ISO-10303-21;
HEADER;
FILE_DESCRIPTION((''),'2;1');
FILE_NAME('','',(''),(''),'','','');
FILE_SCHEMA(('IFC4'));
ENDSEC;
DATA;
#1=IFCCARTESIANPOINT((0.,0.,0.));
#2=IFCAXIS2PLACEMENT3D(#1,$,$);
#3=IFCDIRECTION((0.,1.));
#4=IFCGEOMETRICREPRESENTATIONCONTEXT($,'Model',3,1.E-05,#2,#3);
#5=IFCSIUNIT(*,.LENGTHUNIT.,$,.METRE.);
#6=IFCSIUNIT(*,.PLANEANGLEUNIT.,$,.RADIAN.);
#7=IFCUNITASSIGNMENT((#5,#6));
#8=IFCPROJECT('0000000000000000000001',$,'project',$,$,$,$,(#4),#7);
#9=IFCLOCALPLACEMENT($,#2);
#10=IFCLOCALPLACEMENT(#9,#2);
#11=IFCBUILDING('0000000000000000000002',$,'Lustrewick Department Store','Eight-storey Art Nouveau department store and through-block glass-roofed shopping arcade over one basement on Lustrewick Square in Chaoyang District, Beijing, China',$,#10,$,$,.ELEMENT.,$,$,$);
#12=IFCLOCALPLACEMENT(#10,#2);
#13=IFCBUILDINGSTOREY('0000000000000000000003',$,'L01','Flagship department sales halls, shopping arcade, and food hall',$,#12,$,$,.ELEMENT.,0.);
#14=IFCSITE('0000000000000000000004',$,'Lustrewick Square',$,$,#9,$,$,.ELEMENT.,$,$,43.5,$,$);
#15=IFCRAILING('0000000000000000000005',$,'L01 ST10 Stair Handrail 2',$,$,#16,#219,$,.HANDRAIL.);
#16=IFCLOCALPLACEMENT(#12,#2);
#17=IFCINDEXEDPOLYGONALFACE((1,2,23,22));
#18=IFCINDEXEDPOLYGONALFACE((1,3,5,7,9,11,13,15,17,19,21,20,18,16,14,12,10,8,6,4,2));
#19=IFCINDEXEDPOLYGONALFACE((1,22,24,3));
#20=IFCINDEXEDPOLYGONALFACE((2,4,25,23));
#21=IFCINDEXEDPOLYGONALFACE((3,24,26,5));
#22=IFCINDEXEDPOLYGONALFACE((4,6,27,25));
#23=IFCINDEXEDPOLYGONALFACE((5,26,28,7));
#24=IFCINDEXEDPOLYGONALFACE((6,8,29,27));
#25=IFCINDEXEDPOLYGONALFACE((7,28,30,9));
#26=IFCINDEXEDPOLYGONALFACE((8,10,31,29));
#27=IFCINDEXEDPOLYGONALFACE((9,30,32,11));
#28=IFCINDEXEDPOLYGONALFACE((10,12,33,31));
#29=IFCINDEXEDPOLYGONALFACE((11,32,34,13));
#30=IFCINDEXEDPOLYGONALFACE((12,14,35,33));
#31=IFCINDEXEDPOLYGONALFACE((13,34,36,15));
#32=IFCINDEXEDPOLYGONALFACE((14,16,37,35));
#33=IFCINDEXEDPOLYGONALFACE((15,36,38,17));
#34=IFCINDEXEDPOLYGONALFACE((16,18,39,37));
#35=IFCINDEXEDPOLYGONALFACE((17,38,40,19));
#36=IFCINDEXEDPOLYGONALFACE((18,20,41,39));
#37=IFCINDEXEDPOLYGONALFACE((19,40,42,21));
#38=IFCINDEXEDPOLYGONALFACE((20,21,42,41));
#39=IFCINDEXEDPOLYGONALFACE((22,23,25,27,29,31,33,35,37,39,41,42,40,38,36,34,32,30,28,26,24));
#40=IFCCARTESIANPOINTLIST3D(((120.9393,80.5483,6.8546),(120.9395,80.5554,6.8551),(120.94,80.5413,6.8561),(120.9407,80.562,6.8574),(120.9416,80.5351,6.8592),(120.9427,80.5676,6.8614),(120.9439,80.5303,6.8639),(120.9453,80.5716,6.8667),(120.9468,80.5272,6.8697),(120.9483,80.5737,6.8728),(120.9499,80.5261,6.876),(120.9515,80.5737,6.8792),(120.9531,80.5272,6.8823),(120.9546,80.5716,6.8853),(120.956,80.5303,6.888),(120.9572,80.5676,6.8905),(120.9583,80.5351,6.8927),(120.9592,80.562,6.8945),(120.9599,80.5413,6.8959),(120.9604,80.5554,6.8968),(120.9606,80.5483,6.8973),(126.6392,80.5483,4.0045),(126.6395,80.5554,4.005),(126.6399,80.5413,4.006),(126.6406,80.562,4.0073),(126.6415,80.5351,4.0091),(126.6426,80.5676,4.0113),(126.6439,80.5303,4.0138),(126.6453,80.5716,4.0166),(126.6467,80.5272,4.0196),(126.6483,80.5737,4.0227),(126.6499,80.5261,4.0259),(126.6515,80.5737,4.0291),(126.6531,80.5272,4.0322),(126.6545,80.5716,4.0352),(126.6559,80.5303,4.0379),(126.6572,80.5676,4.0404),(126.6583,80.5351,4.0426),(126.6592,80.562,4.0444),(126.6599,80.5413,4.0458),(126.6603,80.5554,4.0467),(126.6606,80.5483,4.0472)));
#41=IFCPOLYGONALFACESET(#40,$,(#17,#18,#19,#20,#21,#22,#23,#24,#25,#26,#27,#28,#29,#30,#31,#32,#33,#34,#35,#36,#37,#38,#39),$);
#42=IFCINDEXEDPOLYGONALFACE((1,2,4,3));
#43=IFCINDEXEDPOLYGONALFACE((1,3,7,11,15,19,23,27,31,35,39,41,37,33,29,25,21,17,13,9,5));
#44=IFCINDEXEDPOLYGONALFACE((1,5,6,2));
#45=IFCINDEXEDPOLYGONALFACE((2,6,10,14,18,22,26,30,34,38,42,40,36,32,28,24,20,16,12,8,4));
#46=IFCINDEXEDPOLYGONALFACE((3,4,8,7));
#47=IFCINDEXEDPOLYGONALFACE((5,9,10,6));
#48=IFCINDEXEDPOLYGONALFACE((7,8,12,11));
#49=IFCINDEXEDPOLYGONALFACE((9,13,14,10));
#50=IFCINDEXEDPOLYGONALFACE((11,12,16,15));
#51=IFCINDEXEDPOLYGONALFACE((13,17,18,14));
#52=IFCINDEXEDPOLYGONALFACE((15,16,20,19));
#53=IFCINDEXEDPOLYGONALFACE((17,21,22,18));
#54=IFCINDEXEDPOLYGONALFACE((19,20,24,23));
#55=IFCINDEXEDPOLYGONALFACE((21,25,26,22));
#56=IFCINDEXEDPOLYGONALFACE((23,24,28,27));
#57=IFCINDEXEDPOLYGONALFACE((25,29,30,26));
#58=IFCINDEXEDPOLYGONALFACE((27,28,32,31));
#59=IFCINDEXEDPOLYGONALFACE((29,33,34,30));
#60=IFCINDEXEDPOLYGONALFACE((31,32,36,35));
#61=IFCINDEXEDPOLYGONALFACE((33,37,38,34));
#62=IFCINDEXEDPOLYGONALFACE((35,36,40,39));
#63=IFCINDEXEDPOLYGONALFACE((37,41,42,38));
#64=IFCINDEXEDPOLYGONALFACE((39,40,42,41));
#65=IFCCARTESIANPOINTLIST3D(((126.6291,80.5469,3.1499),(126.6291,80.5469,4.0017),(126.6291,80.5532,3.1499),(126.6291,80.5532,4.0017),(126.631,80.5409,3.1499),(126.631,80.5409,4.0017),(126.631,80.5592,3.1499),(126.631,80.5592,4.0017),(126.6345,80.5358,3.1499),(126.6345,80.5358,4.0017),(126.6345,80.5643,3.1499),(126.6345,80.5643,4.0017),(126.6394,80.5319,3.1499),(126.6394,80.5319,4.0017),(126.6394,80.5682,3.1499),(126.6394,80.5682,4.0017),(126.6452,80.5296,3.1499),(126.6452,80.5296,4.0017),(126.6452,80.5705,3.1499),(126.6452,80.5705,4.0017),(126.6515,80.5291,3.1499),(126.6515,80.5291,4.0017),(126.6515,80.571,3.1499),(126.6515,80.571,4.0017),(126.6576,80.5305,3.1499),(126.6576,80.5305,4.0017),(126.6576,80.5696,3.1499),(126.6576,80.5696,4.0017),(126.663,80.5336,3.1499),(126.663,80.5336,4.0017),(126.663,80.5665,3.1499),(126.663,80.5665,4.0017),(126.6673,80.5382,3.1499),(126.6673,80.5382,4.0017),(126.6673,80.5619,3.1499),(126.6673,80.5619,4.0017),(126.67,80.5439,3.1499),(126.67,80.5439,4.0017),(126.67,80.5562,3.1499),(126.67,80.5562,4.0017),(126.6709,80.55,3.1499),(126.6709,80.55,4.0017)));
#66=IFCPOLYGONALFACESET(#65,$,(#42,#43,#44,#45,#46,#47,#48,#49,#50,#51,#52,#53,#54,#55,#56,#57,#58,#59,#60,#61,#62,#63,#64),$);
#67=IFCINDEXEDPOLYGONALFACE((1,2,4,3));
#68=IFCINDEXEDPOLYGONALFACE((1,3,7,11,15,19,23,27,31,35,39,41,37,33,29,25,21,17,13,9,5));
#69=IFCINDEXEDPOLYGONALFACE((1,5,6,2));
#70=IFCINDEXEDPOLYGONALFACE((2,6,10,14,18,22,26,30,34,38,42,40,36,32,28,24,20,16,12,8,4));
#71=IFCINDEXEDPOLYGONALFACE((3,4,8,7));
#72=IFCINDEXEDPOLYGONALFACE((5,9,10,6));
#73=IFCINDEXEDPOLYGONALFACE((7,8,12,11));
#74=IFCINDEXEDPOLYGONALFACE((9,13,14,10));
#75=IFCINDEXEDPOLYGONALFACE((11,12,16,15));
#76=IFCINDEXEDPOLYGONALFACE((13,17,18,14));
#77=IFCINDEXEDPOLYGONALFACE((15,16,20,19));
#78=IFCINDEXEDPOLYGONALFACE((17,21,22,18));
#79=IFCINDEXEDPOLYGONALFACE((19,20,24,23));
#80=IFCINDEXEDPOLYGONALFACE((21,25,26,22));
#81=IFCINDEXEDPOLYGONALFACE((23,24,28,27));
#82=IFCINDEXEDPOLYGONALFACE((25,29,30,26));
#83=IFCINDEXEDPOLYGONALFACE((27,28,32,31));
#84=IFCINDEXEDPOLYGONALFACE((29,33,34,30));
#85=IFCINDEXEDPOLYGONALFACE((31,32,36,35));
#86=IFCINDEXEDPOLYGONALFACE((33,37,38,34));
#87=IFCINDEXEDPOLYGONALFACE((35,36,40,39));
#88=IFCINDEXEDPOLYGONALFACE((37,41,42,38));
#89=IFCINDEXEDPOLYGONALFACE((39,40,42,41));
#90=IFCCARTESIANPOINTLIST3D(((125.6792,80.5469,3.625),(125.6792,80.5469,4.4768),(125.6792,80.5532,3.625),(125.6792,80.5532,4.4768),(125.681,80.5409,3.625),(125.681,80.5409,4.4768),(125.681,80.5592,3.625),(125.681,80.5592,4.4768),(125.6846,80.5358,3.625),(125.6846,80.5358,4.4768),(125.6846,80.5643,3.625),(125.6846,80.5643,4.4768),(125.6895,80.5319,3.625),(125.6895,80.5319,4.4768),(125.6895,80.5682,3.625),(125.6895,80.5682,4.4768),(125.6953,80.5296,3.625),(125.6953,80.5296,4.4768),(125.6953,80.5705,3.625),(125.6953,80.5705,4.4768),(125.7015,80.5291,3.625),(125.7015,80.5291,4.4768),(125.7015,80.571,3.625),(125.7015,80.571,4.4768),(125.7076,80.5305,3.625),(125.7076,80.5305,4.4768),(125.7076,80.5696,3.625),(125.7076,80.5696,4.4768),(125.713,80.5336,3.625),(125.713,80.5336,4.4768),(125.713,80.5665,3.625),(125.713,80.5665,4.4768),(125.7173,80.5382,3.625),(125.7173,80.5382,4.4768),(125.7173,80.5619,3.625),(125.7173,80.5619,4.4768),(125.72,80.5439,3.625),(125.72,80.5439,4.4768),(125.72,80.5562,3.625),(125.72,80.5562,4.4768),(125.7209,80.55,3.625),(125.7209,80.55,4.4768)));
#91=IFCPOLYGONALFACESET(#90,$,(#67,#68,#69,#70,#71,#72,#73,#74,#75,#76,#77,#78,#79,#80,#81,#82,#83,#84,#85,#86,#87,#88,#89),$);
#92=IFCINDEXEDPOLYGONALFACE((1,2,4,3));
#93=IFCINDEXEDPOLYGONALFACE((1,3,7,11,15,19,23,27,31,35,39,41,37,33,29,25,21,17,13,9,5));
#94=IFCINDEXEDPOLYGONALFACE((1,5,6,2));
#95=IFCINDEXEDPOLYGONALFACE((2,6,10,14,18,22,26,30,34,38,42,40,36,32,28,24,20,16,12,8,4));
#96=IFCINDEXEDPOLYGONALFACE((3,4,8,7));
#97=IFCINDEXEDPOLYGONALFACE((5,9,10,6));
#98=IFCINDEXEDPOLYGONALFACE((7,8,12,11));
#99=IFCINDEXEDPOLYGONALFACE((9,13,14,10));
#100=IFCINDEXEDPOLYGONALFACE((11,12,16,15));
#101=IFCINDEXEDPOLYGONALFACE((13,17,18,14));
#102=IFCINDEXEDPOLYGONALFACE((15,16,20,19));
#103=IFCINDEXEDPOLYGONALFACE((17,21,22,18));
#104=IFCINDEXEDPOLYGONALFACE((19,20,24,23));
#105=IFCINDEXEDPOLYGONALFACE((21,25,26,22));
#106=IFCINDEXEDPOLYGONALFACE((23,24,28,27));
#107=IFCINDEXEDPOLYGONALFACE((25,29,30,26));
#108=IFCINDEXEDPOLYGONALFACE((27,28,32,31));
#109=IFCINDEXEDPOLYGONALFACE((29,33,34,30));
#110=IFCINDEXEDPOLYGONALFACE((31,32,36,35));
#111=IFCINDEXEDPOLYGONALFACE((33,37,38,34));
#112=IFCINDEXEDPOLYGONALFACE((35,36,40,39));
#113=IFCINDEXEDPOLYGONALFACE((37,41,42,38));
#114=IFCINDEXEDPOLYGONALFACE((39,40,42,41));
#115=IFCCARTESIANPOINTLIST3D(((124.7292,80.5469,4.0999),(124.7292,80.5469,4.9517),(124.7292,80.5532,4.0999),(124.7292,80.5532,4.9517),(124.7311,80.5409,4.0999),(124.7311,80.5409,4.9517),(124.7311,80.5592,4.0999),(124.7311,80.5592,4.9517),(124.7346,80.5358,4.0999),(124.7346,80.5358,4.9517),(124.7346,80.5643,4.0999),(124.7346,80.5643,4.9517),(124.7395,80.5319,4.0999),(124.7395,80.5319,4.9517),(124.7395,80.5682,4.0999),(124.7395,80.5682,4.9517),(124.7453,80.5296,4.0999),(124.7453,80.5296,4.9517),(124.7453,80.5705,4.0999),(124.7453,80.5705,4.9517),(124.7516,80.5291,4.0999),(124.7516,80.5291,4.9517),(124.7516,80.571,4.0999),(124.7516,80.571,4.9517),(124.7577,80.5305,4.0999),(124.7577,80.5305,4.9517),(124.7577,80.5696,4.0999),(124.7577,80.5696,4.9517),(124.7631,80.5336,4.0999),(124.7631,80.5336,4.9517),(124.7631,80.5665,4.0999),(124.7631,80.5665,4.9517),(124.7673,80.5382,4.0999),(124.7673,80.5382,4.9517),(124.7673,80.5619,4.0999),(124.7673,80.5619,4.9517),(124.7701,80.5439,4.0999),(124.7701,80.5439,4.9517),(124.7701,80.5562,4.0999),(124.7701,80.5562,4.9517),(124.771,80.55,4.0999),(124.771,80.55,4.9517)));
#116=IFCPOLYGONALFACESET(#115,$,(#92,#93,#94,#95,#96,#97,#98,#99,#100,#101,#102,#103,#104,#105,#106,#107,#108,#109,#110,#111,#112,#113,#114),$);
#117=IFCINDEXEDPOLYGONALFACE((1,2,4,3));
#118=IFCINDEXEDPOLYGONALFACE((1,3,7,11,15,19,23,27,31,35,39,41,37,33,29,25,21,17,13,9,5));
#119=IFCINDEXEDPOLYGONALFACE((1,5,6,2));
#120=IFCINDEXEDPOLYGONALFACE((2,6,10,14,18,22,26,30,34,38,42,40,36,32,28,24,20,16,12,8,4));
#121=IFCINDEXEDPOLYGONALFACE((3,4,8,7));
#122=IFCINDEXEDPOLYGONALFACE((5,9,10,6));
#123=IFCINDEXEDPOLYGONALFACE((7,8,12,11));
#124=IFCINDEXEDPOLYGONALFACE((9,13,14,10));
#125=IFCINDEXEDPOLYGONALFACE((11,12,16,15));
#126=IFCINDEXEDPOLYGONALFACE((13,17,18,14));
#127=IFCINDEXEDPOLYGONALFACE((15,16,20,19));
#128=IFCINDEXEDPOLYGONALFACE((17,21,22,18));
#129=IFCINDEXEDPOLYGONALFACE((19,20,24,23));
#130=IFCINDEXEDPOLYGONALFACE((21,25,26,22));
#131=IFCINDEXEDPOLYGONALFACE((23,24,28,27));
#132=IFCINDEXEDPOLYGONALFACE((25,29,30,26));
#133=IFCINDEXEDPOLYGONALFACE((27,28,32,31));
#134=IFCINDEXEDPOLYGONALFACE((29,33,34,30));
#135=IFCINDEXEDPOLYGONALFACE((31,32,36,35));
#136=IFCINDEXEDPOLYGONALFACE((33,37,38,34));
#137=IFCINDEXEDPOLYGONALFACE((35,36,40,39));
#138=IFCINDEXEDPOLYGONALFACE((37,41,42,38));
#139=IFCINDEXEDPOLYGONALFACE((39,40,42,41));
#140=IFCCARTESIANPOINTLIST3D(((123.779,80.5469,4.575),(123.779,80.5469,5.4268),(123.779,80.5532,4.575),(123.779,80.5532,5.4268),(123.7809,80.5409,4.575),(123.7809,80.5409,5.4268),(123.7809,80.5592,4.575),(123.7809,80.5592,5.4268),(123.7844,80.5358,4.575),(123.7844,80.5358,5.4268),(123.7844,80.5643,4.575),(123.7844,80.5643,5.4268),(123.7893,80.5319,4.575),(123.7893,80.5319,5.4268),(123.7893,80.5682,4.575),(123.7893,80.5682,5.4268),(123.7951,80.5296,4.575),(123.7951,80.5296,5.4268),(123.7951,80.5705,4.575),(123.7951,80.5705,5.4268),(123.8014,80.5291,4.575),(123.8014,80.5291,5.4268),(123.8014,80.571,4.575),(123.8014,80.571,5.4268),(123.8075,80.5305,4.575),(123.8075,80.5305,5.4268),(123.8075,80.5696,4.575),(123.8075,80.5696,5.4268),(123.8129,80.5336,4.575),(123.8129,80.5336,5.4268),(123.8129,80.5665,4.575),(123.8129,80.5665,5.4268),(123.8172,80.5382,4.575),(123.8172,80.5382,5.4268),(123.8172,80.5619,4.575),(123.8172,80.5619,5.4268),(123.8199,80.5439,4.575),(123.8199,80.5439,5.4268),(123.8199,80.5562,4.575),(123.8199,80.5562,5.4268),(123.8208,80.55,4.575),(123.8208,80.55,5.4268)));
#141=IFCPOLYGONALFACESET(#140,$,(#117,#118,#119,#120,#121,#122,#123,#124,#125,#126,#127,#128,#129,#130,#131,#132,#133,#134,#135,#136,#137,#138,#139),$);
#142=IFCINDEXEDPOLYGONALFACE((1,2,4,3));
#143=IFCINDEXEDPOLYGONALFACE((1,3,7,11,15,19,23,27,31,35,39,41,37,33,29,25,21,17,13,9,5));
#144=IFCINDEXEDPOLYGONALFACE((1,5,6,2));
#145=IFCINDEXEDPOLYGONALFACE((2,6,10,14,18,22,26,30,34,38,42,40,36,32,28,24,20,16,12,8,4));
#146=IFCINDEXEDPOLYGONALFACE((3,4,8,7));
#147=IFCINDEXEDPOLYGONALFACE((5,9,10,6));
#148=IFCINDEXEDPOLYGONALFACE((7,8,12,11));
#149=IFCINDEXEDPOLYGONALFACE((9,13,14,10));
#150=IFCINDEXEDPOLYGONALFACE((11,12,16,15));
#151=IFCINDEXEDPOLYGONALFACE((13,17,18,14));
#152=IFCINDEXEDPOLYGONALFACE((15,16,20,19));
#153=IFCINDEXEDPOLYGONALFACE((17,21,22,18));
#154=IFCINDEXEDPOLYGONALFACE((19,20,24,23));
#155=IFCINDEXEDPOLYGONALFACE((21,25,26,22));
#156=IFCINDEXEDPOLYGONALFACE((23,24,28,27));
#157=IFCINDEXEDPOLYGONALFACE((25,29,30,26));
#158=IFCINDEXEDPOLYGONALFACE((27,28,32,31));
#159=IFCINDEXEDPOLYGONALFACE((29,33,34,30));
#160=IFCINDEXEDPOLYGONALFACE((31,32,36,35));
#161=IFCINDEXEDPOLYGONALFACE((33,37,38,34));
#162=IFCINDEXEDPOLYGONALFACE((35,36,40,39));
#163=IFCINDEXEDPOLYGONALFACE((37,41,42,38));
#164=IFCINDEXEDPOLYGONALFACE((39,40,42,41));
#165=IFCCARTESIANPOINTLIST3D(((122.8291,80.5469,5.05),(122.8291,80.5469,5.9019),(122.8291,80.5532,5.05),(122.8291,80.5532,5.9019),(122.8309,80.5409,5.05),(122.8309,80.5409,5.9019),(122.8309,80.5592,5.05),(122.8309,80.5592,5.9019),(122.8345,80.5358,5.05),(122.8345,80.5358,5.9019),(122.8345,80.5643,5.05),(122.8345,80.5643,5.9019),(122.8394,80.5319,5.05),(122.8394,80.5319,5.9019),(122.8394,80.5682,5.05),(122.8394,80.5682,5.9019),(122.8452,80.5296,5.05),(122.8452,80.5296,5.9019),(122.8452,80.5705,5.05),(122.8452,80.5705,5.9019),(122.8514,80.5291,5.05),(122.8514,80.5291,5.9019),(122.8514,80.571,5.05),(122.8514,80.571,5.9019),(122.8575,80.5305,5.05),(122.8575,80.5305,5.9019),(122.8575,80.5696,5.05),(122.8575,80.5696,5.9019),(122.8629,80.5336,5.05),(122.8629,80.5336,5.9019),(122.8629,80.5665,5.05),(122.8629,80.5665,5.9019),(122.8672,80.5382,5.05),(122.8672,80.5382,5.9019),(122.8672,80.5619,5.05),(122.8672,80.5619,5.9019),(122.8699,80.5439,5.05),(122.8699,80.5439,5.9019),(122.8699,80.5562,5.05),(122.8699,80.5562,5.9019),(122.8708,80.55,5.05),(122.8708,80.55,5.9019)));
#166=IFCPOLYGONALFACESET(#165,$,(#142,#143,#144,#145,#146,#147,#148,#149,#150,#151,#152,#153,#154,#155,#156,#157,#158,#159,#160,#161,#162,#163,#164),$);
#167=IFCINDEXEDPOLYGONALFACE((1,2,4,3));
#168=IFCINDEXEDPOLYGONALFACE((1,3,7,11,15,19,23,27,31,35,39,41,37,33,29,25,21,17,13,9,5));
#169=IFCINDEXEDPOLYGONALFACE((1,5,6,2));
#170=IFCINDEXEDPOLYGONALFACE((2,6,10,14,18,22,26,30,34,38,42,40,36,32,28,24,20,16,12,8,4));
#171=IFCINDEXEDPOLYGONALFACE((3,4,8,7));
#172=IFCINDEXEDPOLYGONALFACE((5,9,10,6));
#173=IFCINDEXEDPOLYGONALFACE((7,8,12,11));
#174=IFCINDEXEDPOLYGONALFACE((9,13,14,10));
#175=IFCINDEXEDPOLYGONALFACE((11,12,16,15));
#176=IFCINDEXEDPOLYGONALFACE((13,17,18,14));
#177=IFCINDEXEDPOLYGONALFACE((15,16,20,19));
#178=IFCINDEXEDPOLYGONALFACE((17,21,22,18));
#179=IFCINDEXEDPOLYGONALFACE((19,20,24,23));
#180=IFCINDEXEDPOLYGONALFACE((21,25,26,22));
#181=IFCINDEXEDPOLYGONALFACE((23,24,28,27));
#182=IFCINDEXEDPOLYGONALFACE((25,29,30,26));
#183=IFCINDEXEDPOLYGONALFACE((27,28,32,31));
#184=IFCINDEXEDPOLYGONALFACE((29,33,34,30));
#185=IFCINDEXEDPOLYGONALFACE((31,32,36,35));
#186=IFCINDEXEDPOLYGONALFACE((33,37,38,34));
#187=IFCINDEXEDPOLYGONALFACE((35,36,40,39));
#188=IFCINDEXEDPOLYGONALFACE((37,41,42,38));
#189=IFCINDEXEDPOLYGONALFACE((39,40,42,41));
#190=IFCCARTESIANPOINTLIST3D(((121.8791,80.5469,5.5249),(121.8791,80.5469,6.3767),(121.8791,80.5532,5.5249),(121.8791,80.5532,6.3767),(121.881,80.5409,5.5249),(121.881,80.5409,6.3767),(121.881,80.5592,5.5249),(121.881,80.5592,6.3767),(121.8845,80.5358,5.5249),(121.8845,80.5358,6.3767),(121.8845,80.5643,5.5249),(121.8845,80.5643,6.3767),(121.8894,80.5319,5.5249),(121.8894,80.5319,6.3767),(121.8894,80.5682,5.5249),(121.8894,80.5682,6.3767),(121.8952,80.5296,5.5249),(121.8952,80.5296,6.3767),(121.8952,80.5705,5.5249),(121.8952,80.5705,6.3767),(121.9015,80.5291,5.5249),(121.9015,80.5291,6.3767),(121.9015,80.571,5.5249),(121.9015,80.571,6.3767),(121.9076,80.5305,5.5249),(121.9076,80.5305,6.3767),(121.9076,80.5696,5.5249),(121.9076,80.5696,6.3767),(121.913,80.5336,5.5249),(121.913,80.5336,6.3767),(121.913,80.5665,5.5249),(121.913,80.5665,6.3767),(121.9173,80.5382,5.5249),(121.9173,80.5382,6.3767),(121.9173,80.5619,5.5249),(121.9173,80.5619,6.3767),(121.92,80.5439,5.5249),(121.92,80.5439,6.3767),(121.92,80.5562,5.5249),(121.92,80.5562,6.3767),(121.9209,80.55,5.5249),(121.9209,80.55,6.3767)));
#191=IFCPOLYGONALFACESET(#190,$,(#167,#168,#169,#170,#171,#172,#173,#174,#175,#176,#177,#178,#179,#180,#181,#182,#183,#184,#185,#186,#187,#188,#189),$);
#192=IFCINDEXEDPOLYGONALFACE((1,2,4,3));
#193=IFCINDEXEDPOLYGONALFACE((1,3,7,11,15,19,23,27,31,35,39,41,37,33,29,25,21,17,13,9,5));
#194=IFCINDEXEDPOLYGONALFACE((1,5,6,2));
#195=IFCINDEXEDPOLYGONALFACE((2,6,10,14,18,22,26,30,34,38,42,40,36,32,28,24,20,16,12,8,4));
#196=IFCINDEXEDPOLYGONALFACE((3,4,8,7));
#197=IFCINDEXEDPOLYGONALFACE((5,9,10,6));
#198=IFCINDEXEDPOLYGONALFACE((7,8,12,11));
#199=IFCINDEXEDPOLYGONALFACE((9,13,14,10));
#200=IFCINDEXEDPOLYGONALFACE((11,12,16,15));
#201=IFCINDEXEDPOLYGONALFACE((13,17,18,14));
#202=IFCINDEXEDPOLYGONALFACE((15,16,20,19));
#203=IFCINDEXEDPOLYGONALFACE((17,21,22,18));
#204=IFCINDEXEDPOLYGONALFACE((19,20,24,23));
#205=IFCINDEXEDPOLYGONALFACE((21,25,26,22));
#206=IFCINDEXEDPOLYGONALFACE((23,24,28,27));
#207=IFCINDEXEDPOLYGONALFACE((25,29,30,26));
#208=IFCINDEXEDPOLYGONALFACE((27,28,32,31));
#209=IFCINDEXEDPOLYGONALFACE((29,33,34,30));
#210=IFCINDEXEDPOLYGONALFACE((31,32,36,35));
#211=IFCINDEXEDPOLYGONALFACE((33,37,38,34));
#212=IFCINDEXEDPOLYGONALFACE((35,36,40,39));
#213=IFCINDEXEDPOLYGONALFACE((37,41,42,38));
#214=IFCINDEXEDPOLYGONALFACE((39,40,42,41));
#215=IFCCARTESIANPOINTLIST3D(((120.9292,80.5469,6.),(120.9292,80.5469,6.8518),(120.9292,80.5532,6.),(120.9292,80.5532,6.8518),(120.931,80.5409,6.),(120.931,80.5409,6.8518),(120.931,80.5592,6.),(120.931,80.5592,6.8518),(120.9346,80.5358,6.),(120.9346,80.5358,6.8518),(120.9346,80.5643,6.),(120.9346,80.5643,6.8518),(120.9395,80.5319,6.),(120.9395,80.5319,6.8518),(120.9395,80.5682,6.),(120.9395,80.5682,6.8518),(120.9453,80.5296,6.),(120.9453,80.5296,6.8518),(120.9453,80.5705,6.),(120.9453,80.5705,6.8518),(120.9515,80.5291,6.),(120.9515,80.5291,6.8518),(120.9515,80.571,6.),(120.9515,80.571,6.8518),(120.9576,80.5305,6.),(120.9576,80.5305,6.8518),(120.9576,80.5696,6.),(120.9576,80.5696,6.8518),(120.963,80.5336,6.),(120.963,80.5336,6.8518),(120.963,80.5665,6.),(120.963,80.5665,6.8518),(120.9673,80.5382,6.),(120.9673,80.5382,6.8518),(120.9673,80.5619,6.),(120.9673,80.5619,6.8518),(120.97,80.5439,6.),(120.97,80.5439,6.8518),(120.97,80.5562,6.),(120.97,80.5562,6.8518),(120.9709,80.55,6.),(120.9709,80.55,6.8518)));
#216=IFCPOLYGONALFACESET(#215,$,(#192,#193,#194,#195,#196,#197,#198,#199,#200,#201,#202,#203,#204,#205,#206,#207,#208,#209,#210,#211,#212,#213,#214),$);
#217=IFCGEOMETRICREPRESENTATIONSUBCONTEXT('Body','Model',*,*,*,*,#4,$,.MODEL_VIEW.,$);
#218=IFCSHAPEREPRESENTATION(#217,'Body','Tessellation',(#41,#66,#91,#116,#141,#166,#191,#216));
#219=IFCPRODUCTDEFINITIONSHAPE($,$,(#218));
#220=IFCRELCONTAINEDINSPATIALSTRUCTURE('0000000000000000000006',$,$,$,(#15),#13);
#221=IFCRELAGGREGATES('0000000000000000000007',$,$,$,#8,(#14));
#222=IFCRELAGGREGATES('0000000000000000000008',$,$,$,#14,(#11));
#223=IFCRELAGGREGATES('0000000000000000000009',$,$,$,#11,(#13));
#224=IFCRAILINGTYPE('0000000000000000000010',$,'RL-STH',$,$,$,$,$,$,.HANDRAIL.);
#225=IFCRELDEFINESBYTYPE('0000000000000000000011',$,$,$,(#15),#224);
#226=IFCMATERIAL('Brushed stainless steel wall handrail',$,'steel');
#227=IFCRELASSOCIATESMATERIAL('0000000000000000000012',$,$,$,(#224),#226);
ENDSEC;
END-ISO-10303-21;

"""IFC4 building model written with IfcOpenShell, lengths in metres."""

from ifc_helpers import new_model, si_unit, direction, frame, origin, origin_2d, place, context, subcontext, project, spatial, circle, extrude, material, type_object, element, save


model = new_model("IFC4")

# Units and contexts
model_context = context("Model", 3, precision=1e-05, world=origin(), true_north=direction((0.0, 1.0)))
body_context = subcontext(model_context, "Body", "Model", "MODEL_VIEW")
ifc_project = project(units=[si_unit("LENGTHUNIT", "METRE"), si_unit("PLANEANGLEUNIT", "RADIAN")], contexts=[model_context])

# Site, building, storey
site_placement = place(None, origin())
site = spatial("IfcSite", under=ifc_project, at=site_placement, Name="Lustrewick Square", CompositionType="ELEMENT", RefElevation=43.5)
building_placement = place(site_placement, origin())
building = spatial("IfcBuilding", under=site, at=building_placement, Name="Lustrewick Department Store", Description="Eight-storey Art Nouveau department store and through-block glass-roofed shopping arcade over one basement on Lustrewick Square in Chaoyang District, Beijing, China", CompositionType="ELEMENT")
storey_placement = place(building_placement, origin())
storey = spatial("IfcBuildingStorey", under=building, at=storey_placement, Name="L01", Description="Flagship department sales halls, shopping arcade, and food hall", CompositionType="ELEMENT", Elevation=0.0)

# Railing
ifc_material_1 = material(Name="Brushed stainless steel wall handrail", Category="steel")
railing_type_1 = type_object("IfcRailingType", Name="RL-STH", PredefinedType="HANDRAIL", material=ifc_material_1)
railing_1_placement = place(storey_placement, frame((126.6499, 80.55, 3.1499)))
element("IfcRailing", 1, at=railing_1_placement, inside=storey, type_object=railing_type_1, Name="L01 ST10 Stair Handrail 2", PredefinedType="HANDRAIL", context=body_context, shape_type="SweptSolid", body=[
    extrude(circle(Radius=0.0239, at=origin_2d()), frame((0.0, 0.0, 0.876), z_axis=(-0.89442, 0.0, 0.447229), x_axis=(0.0, -1.0, 0.0)), (0.0, 0.0, 1.0), 6.3728),
    extrude(circle(Radius=0.021, at=origin_2d()), origin(), (0.0, 0.0, 1.0), 0.8518),
    extrude(circle(Radius=0.021, at=origin_2d()), frame((-0.95, 0.0, 0.4751)), (0.0, 0.0, 1.0), 0.8518),
    extrude(circle(Radius=0.021, at=origin_2d()), frame((-1.8999, 0.0, 0.95)), (0.0, 0.0, 1.0), 0.8518),
    extrude(circle(Radius=0.021, at=origin_2d()), frame((-2.8501, 0.0, 1.425)), (0.0, 0.0, 1.0), 0.8518),
    extrude(circle(Radius=0.021, at=origin_2d()), frame((-3.8, 0.0, 1.9001)), (0.0, 0.0, 1.0), 0.8518),
    extrude(circle(Radius=0.021, at=origin_2d()), frame((-4.75, 0.0, 2.375)), (0.0, 0.0, 1.0), 0.8518),
    extrude(circle(Radius=0.021, at=origin_2d()), frame((-5.7, 0.0, 2.8501)), (0.0, 0.0, 1.0), 0.8518),
])

save(model, "model.ifc")
